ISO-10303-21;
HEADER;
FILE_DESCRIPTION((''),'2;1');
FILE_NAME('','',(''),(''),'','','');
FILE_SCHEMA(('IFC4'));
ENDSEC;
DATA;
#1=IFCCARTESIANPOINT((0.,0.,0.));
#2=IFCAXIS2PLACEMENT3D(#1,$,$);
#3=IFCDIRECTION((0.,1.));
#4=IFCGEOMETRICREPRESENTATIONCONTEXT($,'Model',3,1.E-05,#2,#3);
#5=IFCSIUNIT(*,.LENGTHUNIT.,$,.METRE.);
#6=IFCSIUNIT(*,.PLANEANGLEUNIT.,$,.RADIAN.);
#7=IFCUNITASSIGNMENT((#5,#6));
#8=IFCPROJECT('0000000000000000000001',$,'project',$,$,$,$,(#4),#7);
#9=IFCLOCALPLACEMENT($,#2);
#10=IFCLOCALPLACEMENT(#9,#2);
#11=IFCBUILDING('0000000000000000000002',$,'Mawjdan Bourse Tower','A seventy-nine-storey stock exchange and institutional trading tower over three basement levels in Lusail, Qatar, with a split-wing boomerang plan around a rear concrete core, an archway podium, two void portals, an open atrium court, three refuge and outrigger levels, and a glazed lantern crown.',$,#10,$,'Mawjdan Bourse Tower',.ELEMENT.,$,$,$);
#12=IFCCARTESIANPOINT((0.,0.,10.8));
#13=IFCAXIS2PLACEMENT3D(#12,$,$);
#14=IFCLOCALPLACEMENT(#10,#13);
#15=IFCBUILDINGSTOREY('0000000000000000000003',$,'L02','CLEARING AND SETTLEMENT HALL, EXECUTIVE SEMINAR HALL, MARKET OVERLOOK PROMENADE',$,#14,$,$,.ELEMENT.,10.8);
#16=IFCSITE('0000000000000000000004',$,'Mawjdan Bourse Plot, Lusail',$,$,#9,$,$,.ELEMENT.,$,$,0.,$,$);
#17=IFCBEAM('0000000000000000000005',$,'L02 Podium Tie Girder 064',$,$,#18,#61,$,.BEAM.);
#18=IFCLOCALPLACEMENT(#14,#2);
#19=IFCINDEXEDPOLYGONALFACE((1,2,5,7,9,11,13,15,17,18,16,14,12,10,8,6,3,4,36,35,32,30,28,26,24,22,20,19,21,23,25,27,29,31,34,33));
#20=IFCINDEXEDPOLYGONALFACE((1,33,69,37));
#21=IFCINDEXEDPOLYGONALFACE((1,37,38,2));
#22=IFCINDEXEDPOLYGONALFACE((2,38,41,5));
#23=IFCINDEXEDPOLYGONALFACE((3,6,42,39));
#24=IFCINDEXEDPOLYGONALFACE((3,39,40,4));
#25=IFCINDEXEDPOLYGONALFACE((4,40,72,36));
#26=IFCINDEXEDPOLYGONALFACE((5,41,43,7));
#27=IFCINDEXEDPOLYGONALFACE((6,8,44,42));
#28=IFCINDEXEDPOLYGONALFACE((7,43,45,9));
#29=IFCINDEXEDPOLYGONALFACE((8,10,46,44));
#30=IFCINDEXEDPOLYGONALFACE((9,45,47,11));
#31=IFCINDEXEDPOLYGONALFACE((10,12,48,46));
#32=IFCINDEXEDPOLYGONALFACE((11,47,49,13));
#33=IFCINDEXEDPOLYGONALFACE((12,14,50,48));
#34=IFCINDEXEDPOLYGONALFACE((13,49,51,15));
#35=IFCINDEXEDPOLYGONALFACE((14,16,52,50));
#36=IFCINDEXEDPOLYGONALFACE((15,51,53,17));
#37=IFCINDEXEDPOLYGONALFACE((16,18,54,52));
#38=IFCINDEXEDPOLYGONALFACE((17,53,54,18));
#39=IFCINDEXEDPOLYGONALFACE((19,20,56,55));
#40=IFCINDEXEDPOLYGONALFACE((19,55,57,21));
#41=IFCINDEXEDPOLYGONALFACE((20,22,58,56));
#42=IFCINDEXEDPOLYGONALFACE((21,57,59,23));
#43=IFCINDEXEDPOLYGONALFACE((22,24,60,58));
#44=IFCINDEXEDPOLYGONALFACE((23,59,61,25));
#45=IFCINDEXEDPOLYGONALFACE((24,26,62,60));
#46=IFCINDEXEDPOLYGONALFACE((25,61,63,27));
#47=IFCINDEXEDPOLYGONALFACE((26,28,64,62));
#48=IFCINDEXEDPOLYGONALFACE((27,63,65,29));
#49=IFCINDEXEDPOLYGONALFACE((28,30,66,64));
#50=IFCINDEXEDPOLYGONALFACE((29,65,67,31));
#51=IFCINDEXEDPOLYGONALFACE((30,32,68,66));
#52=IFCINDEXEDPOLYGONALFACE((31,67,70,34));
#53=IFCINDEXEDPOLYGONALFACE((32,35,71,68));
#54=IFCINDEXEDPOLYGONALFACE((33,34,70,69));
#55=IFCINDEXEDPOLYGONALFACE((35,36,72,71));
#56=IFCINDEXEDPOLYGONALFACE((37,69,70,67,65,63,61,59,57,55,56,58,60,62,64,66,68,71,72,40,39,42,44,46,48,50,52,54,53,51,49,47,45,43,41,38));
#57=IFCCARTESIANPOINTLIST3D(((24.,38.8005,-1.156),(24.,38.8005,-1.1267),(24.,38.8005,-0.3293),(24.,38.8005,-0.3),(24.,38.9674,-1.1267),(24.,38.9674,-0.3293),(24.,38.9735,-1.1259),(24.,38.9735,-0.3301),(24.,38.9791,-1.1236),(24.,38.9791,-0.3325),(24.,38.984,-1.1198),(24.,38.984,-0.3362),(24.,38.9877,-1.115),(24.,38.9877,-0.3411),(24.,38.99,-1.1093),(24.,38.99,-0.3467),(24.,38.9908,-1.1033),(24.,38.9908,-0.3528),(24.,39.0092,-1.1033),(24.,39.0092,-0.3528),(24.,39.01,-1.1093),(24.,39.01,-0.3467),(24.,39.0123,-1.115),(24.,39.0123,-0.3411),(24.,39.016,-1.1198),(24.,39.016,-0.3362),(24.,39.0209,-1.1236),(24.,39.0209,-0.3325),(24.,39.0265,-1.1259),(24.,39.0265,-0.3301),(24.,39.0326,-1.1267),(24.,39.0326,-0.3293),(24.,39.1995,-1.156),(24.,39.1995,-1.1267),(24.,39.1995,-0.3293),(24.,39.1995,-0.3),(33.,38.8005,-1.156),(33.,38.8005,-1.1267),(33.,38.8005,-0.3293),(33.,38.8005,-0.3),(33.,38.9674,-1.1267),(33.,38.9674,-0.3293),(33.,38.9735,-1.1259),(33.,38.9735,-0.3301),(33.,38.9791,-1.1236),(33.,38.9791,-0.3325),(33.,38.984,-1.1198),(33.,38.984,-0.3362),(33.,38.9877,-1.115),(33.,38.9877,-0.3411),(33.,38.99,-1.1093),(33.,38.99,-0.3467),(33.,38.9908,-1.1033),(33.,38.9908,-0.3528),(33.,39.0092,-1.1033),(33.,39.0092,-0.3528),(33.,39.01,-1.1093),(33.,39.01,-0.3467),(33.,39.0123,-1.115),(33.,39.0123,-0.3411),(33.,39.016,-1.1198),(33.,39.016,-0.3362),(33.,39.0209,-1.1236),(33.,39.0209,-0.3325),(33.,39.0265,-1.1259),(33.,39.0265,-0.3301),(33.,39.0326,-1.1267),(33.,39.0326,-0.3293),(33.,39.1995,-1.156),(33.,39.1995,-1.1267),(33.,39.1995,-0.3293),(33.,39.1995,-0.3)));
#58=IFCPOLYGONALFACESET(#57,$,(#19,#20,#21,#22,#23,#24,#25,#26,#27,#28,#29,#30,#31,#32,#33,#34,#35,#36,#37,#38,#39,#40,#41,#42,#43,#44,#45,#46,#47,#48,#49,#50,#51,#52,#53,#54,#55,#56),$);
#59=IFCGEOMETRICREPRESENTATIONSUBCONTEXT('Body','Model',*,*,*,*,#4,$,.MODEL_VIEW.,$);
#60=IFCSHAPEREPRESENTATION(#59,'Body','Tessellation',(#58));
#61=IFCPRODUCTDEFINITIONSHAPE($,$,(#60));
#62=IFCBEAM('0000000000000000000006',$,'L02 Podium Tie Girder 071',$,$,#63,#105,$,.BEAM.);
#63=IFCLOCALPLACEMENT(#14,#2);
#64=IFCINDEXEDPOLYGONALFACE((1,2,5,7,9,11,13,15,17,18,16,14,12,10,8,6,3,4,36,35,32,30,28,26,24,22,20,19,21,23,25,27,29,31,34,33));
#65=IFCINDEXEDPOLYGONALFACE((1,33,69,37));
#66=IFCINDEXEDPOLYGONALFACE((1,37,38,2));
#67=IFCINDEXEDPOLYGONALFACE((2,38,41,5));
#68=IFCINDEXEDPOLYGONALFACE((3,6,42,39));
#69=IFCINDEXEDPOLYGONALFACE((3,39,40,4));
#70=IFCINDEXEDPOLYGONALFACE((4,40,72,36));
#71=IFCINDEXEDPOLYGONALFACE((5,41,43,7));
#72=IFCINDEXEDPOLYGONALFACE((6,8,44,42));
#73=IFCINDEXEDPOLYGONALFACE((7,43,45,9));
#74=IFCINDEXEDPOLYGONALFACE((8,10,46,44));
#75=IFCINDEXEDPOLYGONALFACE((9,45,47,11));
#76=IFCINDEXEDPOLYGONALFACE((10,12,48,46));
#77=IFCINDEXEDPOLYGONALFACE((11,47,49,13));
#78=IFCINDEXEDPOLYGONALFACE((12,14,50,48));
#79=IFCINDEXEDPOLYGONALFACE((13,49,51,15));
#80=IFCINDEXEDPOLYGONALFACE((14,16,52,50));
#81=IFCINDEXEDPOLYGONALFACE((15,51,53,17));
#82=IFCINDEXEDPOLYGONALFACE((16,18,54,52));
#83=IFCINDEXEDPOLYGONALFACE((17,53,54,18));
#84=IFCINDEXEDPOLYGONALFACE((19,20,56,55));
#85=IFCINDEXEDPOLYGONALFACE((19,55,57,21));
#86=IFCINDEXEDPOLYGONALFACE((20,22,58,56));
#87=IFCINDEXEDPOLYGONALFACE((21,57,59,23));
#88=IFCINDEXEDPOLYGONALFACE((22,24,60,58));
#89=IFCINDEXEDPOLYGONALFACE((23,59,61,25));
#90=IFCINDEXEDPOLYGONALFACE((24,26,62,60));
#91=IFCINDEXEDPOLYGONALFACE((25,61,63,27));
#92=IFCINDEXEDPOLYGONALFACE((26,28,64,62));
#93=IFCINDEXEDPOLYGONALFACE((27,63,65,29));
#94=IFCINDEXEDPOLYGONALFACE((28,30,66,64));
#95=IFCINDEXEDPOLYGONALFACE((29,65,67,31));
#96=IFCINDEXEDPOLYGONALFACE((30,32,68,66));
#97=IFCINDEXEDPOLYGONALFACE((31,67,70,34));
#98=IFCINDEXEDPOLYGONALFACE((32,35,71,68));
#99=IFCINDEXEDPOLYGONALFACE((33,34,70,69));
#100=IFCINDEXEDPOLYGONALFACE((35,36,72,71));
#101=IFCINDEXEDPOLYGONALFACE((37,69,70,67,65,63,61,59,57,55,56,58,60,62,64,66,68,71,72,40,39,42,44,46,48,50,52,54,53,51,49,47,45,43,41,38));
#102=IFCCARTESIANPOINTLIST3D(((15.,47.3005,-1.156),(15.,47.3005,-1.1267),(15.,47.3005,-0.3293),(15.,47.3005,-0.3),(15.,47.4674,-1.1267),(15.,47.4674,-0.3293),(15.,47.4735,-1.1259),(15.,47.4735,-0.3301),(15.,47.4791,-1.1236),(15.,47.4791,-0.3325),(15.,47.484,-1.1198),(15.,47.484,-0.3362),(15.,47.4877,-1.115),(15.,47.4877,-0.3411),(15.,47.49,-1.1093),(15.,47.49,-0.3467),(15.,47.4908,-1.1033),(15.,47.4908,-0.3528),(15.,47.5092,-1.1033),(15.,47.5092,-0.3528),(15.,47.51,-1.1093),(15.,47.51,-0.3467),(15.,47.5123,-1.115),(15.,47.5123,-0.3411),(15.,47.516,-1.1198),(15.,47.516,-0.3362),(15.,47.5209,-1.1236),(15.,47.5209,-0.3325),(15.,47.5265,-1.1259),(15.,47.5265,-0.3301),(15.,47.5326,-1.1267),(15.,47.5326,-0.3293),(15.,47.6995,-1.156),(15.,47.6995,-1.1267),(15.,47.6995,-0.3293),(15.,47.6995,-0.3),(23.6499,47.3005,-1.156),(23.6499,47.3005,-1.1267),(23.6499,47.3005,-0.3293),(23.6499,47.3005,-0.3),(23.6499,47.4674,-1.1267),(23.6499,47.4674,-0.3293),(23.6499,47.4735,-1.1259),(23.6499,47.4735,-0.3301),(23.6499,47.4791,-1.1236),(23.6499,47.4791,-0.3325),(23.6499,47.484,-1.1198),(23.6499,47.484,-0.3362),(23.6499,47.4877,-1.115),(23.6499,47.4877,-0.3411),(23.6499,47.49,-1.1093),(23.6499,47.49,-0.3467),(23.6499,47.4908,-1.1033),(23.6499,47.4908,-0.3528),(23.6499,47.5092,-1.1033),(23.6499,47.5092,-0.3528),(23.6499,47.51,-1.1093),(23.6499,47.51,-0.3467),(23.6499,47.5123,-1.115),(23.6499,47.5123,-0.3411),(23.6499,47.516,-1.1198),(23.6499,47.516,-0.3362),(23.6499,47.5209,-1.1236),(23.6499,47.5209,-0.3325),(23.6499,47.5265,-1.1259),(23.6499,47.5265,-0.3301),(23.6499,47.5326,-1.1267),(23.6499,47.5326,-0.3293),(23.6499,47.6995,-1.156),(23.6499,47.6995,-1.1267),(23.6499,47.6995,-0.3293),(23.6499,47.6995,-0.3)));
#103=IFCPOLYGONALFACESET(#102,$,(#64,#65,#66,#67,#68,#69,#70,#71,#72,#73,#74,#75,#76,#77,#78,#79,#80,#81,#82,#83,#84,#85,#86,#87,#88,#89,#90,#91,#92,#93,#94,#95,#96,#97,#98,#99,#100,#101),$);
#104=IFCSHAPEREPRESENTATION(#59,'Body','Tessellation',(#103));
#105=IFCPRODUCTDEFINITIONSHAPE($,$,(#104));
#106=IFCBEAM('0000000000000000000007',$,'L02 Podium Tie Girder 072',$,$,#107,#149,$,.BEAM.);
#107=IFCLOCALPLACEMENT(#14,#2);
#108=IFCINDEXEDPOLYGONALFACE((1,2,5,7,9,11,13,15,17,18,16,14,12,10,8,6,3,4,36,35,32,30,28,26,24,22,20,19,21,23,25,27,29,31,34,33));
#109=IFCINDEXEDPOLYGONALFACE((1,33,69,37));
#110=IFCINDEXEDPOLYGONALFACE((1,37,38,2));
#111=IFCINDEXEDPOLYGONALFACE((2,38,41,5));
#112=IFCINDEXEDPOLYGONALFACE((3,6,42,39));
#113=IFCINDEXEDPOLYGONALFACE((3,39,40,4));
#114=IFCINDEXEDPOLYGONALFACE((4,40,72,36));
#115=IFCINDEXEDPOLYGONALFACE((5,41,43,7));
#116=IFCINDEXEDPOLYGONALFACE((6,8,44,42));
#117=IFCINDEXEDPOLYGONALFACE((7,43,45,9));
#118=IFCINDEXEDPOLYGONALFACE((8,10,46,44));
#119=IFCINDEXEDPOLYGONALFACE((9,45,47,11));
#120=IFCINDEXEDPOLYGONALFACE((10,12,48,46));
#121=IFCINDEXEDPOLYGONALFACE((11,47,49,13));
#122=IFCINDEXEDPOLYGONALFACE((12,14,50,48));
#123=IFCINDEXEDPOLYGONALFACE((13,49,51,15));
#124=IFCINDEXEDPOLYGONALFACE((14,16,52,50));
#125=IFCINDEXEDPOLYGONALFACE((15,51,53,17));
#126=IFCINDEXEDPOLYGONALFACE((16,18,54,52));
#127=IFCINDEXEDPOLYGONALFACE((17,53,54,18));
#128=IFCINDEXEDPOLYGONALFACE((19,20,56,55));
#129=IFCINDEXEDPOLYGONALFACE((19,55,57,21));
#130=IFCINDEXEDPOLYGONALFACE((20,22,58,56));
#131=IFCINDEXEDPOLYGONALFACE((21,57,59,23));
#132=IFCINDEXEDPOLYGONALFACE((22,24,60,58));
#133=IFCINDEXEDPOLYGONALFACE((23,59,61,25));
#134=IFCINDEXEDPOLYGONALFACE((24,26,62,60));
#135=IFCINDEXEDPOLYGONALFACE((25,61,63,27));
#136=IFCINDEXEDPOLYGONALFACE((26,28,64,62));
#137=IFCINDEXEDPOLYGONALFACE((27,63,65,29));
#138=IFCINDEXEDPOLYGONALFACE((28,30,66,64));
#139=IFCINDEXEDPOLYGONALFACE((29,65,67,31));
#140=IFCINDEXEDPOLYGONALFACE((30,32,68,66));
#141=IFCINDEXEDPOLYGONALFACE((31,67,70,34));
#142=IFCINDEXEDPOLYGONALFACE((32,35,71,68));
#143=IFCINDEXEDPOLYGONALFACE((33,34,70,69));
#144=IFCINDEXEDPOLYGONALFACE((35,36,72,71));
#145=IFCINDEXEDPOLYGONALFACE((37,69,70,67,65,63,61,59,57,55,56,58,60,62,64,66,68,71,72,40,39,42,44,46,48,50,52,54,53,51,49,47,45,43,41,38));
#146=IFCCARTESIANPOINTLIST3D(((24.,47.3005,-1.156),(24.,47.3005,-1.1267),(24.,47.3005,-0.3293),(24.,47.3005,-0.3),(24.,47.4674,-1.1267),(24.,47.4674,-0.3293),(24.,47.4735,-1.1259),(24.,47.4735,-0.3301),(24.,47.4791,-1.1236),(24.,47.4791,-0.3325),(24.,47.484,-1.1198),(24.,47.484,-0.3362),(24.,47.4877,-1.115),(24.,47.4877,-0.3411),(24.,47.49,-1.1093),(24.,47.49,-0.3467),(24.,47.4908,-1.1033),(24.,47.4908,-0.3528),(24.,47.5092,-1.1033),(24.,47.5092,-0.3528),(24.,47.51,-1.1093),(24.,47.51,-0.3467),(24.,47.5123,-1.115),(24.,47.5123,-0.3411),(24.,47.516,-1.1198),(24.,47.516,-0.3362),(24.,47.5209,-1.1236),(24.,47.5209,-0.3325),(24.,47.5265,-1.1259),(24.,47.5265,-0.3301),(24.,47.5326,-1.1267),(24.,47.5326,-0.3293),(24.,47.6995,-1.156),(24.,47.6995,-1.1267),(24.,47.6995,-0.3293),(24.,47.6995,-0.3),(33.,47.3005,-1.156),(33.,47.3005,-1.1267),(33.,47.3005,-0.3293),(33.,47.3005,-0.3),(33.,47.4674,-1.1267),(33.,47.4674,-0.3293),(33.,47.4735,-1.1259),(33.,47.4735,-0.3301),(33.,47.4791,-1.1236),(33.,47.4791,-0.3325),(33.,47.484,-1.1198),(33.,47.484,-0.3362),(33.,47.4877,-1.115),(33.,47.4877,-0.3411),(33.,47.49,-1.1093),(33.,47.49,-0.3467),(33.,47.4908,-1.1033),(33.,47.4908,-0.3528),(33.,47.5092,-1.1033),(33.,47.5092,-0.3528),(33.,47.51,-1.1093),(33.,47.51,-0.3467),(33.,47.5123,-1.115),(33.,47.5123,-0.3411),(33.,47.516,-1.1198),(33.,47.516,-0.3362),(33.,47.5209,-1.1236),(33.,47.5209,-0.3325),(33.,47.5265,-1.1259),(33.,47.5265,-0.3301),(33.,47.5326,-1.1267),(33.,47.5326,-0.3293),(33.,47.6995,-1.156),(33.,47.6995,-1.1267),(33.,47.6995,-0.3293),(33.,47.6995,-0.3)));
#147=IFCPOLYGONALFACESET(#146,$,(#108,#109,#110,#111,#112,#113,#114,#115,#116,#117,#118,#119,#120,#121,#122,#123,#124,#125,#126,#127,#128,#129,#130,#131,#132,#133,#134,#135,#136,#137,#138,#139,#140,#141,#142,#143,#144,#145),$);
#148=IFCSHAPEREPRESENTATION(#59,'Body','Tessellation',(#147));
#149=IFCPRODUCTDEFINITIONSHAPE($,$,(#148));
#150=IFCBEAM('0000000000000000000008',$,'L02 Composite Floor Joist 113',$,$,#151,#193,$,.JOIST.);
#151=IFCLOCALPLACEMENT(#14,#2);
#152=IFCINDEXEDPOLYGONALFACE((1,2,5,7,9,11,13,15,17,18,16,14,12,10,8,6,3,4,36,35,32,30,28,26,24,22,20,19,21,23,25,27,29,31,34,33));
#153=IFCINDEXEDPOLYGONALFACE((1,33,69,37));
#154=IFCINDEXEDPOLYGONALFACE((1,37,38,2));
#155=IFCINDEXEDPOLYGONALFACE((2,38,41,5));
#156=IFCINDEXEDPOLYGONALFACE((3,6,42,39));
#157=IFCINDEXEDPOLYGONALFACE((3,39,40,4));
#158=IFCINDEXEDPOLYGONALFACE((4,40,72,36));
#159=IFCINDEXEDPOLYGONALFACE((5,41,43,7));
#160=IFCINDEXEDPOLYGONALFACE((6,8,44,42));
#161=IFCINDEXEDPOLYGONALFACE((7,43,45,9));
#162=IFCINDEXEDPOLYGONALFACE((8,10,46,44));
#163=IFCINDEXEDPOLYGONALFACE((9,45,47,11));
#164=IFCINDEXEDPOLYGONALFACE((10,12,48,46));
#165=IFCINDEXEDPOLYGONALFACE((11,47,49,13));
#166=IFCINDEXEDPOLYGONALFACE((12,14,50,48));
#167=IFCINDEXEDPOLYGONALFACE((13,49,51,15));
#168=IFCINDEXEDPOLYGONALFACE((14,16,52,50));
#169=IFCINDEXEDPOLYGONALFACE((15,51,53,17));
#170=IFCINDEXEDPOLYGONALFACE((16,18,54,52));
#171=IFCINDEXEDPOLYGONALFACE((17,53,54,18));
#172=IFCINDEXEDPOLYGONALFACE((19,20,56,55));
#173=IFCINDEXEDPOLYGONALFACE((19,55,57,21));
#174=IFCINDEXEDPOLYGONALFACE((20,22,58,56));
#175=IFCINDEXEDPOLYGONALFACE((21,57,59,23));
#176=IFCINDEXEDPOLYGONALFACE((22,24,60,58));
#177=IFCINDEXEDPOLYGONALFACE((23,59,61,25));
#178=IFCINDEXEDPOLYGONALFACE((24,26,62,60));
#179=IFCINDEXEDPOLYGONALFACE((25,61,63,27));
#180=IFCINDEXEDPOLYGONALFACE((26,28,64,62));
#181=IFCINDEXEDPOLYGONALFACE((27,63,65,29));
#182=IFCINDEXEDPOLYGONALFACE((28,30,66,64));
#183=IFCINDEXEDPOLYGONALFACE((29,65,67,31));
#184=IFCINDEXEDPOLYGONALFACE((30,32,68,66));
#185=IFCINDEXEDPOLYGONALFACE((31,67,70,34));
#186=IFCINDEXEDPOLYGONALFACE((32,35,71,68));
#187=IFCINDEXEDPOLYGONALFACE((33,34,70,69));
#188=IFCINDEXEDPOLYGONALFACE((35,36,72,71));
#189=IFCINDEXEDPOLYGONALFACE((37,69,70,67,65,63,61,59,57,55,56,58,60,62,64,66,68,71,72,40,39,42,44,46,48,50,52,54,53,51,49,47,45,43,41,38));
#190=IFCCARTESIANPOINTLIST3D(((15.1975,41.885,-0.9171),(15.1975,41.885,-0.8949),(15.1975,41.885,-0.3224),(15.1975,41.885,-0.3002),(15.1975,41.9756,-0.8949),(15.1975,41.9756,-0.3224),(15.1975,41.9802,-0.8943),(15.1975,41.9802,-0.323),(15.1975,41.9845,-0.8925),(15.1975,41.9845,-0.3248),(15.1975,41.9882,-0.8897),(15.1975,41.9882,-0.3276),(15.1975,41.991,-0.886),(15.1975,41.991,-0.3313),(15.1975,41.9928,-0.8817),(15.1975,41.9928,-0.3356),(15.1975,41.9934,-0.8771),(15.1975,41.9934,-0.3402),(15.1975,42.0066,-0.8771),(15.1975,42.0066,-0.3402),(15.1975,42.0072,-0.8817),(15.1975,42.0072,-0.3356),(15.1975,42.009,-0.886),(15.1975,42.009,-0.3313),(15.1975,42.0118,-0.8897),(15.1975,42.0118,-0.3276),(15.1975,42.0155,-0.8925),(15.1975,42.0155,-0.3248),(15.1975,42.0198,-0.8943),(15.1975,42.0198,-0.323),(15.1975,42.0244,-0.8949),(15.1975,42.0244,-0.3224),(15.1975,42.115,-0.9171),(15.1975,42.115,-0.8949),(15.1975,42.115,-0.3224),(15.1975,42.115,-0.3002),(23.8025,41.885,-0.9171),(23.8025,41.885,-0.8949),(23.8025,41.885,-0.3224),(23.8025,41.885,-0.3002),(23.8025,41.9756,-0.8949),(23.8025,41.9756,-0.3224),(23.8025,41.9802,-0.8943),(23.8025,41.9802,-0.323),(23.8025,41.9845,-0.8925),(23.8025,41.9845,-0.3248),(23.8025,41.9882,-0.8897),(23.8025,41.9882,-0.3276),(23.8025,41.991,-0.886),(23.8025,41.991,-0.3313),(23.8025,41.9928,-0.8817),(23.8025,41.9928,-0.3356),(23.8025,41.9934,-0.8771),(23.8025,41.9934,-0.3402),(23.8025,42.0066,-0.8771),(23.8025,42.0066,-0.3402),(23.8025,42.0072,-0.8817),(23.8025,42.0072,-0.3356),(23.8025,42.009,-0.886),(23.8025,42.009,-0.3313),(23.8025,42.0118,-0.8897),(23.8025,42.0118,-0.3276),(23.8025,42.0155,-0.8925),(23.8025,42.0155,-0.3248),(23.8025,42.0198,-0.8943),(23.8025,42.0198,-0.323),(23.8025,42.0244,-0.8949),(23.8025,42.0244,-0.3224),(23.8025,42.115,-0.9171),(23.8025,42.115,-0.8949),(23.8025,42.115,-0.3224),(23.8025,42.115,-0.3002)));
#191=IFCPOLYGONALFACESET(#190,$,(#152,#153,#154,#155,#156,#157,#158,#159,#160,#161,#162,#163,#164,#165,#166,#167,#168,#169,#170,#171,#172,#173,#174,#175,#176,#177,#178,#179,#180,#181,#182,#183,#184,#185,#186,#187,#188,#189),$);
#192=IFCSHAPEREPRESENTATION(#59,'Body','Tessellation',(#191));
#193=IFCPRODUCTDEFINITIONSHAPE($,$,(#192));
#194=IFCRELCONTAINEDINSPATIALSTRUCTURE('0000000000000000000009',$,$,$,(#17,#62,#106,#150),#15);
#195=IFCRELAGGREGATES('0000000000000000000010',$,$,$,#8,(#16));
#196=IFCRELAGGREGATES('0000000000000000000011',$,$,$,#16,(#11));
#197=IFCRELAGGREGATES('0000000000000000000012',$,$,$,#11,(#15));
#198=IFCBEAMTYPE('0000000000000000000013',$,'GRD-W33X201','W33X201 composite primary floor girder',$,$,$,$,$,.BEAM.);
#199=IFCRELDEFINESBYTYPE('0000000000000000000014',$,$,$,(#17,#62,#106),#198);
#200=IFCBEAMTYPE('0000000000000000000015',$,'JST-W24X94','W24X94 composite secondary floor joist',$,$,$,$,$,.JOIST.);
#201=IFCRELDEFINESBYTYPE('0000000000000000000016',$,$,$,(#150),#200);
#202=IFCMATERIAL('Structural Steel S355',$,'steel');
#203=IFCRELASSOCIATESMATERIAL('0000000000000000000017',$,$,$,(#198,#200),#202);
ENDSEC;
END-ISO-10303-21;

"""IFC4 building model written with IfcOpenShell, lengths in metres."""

from ifc_helpers import new_model, si_unit, direction, frame, origin, origin_2d, place, context, subcontext, project, spatial, i_section, extrude, material, material_profile, profile_set, type_object, element, save


model = new_model("IFC4")

# Units and contexts
model_context = context("Model", 3, precision=1e-05, world=origin(), true_north=direction((0.0, 1.0)))
body_context = subcontext(model_context, "Body", "Model", "MODEL_VIEW")
ifc_project = project(units=[si_unit("LENGTHUNIT", "METRE"), si_unit("PLANEANGLEUNIT", "RADIAN")], contexts=[model_context])

# Site, building, storey
site_placement = place(None, origin())
site = spatial("IfcSite", under=ifc_project, at=site_placement, Name="Mawjdan Bourse Plot, Lusail", CompositionType="ELEMENT", RefElevation=0.0)
building_placement = place(site_placement, origin())
building = spatial("IfcBuilding", under=site, at=building_placement, Name="Mawjdan Bourse Tower", Description="A seventy-nine-storey stock exchange and institutional trading tower over three basement levels in Lusail, Qatar, with a split-wing boomerang plan around a rear concrete core, an archway podium, two void portals, an open atrium court, three refuge and outrigger levels, and a glazed lantern crown.", LongName="Mawjdan Bourse Tower", CompositionType="ELEMENT")
storey_placement = place(building_placement, frame((0.0, 0.0, 10.8)))
storey = spatial("IfcBuildingStorey", under=building, at=storey_placement, Name="L02", Description="CLEARING AND SETTLEMENT HALL, EXECUTIVE SEMINAR HALL, MARKET OVERLOOK PROMENADE", CompositionType="ELEMENT", Elevation=10.8)

# Beams
ifc_material_1 = material(Name="Structural Steel S355", Category="steel")
ifc_material_profile_1 = material_profile(ifc_material_1, i_section(OverallWidth=0.3989, OverallDepth=0.856, WebThickness=0.0183, FlangeThickness=0.0293, FilletRadius=0.0234, at=origin_2d()), Name="W33X201")
ifc_profile_set_1 = profile_set([ifc_material_profile_1], Name="Structural Steel S355")
beam_type_1 = type_object("IfcBeamType", Name="GRD-W33X201", Description="W33X201 composite primary floor girder", PredefinedType="BEAM", material=ifc_profile_set_1)
beam_1_placement = place(storey_placement, frame((24.0, 39.0, -0.728), z_axis=(1.0, 0.0, 0.0), x_axis=(0.0, 1.0, 0.0)))
element("IfcBeam", 1, at=beam_1_placement, inside=storey, type_object=beam_type_1, Name="L02 Podium Tie Girder 064", PredefinedType="BEAM", context=body_context, shape_type="SweptSolid", body=[
    extrude(i_section(OverallWidth=0.3989, OverallDepth=0.856, WebThickness=0.0183, FlangeThickness=0.0293, FilletRadius=0.0234, at=origin_2d()), origin(), (0.0, 0.0, 1.0), 9.0),
])
beam_2_placement = place(storey_placement, frame((15.0, 47.5, -0.728), z_axis=(1.0, 0.0, 0.0), x_axis=(0.0, 1.0, 0.0)))
element("IfcBeam", 2, at=beam_2_placement, inside=storey, type_object=beam_type_1, Name="L02 Podium Tie Girder 071", PredefinedType="BEAM", context=body_context, shape_type="SweptSolid", body=[
    extrude(i_section(OverallWidth=0.3989, OverallDepth=0.856, WebThickness=0.0183, FlangeThickness=0.0293, FilletRadius=0.0234, at=origin_2d()), origin(), (0.0, 0.0, 1.0), 8.6499),
])
beam_3_placement = place(storey_placement, frame((24.0, 47.5, -0.728), z_axis=(1.0, 0.0, 0.0), x_axis=(0.0, 1.0, 0.0)))
element("IfcBeam", 3, at=beam_3_placement, inside=storey, type_object=beam_type_1, Name="L02 Podium Tie Girder 072", PredefinedType="BEAM", context=body_context, shape_type="SweptSolid", body=[
    extrude(i_section(OverallWidth=0.3989, OverallDepth=0.856, WebThickness=0.0183, FlangeThickness=0.0293, FilletRadius=0.0234, at=origin_2d()), origin(), (0.0, 0.0, 1.0), 9.0),
])
ifc_material_profile_2 = material_profile(ifc_material_1, i_section(OverallWidth=0.23, OverallDepth=0.6169, WebThickness=0.0132, FlangeThickness=0.0222, FilletRadius=0.0178, at=origin_2d()), Name="W24X94")
ifc_profile_set_2 = profile_set([ifc_material_profile_2], Name="Structural Steel S355")
beam_type_2 = type_object("IfcBeamType", Name="JST-W24X94", Description="W24X94 composite secondary floor joist", PredefinedType="JOIST", material=ifc_profile_set_2)
for number, where, z_axis, x_axis, name in (
    (4, (15.1975, 42.0, -0.6086), (1.0, 0.0, 0.0), (0.0, 1.0, 0.0), "L02 Composite Floor Joist 113"),
):
    element("IfcBeam", number, at=place(storey_placement, frame(where, z_axis=z_axis, x_axis=x_axis)), inside=storey, type_object=beam_type_2, Name=name, PredefinedType="JOIST", context=body_context, shape_type="SweptSolid", body=[
        extrude(i_section(OverallWidth=0.23, OverallDepth=0.6169, WebThickness=0.0132, FlangeThickness=0.0222, FilletRadius=0.0178, at=origin_2d()), origin(), (0.0, 0.0, 1.0), 8.605),
    ])

save(model, "model.ifc")
